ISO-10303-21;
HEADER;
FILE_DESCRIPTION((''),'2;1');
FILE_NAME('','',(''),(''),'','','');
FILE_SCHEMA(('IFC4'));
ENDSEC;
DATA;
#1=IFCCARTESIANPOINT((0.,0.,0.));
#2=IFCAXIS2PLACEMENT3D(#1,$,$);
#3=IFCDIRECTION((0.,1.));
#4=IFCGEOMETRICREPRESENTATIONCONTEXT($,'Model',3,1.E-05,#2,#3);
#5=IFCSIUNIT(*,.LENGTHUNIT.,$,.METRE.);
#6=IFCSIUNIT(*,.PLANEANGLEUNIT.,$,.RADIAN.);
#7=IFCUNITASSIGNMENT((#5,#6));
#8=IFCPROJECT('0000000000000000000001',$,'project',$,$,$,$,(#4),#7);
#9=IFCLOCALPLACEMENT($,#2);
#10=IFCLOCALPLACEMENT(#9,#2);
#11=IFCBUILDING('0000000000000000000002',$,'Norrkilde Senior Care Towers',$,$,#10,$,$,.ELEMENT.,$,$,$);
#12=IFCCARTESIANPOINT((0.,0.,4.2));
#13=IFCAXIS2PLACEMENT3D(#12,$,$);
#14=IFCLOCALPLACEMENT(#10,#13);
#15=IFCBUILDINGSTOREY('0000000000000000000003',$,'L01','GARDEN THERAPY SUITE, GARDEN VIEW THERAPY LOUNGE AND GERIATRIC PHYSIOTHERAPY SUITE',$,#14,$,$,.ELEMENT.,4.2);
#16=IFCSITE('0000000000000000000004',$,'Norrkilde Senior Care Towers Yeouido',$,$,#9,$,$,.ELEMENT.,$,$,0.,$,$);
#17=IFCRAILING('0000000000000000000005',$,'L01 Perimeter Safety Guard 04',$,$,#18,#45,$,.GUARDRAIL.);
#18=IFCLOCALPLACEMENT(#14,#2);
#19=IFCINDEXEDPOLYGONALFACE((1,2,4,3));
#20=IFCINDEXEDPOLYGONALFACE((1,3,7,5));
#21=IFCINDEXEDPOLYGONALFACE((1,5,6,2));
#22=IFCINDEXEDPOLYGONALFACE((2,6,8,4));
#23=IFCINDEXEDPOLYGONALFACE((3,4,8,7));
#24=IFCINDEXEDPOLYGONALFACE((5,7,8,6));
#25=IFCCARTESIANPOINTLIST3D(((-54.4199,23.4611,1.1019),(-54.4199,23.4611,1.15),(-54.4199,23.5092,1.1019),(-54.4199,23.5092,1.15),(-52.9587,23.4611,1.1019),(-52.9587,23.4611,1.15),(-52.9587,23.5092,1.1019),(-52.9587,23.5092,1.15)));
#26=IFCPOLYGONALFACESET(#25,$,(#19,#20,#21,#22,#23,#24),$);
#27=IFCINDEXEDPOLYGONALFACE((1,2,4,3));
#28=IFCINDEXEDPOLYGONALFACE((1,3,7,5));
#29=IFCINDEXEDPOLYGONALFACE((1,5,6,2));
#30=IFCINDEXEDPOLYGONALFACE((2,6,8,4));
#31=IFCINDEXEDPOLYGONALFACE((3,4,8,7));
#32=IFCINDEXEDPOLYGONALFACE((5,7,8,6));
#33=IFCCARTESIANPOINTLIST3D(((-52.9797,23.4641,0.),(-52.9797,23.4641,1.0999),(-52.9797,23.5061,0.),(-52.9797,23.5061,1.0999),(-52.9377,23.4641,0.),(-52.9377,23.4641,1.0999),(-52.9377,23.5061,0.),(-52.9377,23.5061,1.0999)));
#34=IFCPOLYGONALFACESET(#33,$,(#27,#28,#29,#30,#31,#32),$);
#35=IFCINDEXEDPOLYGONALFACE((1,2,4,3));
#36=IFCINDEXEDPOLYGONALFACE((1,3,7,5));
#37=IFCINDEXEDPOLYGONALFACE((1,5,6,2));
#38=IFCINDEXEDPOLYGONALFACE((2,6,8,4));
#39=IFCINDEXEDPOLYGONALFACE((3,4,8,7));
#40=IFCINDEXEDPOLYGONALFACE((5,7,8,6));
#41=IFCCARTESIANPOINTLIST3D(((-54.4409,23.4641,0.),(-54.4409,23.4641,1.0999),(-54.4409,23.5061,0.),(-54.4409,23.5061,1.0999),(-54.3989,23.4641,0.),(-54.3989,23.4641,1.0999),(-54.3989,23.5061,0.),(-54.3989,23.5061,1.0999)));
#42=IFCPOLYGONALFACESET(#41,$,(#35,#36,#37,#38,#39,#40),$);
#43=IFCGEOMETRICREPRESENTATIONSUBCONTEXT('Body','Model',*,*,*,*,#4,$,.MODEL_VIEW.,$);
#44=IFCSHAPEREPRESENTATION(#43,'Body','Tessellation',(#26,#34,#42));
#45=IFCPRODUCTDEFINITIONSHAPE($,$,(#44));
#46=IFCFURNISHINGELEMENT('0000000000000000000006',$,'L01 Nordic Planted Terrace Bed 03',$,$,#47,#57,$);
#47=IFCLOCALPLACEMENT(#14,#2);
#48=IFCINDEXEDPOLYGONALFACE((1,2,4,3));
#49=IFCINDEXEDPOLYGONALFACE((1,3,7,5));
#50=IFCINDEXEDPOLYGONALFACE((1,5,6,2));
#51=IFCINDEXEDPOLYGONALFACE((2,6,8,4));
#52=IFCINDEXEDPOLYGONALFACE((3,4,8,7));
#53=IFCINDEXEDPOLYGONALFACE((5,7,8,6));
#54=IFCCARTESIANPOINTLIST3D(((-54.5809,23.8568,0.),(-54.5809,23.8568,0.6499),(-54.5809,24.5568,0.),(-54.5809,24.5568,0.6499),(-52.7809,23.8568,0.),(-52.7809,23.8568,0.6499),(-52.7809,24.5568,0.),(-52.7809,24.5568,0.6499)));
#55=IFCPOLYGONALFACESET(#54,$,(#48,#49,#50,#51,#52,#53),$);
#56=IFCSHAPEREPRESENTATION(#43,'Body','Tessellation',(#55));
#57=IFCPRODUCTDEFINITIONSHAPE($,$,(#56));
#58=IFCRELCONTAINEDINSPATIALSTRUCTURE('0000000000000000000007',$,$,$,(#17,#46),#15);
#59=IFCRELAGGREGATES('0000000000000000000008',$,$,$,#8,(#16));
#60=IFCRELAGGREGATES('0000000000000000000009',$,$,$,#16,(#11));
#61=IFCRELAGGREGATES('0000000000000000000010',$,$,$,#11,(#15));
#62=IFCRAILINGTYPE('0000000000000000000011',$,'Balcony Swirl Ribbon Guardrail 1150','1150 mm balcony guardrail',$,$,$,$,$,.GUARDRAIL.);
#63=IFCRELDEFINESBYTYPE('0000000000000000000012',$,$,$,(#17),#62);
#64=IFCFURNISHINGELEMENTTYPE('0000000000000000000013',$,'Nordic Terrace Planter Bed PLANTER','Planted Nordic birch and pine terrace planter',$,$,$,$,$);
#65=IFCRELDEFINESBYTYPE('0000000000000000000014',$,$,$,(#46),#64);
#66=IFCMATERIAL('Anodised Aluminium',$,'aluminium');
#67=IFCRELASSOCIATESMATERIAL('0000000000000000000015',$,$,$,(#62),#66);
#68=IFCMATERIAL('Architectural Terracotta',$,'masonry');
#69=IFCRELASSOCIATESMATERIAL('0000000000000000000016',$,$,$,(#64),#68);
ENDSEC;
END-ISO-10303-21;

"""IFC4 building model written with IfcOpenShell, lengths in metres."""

from ifc_helpers import new_model, si_unit, direction, frame, origin, origin_2d, place, context, subcontext, project, spatial, rectangle, extrude, source, transform, mapped, material, type_object, type_shapes, element, save


model = new_model("IFC4")

# Units and contexts
model_context = context("Model", 3, precision=1e-05, world=origin(), true_north=direction((0.0, 1.0)))
body_context = subcontext(model_context, "Body", "Model", "MODEL_VIEW")
ifc_project = project(units=[si_unit("LENGTHUNIT", "METRE"), si_unit("PLANEANGLEUNIT", "RADIAN")], contexts=[model_context])

# Site, building, storey
site_placement = place(None, origin())
site = spatial("IfcSite", under=ifc_project, at=site_placement, Name="Norrkilde Senior Care Towers Yeouido", CompositionType="ELEMENT", RefElevation=0.0)
building_placement = place(site_placement, origin())
building = spatial("IfcBuilding", under=site, at=building_placement, Name="Norrkilde Senior Care Towers", CompositionType="ELEMENT")
storey_placement = place(building_placement, frame((0.0, 0.0, 4.2)))
storey = spatial("IfcBuildingStorey", under=building, at=storey_placement, Name="L01", Description="GARDEN THERAPY SUITE, GARDEN VIEW THERAPY LOUNGE AND GERIATRIC PHYSIOTHERAPY SUITE", CompositionType="ELEMENT", Elevation=4.2)

# Shared definitions
ifc_material_1 = material(Name="Anodised Aluminium", Category="aluminium")

# Railing
railing_type = type_object("IfcRailingType", Name="Balcony Swirl Ribbon Guardrail 1150", Description="1150 mm balcony guardrail", PredefinedType="GUARDRAIL", material=ifc_material_1)
railing_1_placement = place(storey_placement, frame((-52.9587, 23.4851, 0.0)))
element("IfcRailing", 1, at=railing_1_placement, inside=storey, type_object=railing_type, Name="L01 Perimeter Safety Guard 04", PredefinedType="GUARDRAIL", context=body_context, shape_type="SweptSolid", body=[
    extrude(rectangle(XDim=0.0481, YDim=0.0481, at=origin_2d()), frame((0.0, 0.0, 1.126), z_axis=(-1.0, 0.0, 0.0), x_axis=(0.0, -1.0, 0.0)), (0.0, 0.0, 1.0), 1.4612),
    extrude(rectangle(XDim=0.042, YDim=0.042, at=origin_2d()), origin(), (0.0, 0.0, 1.0), 1.0999),
    extrude(rectangle(XDim=0.042, YDim=0.042, at=origin_2d()), frame((-1.4612, 0.0, 0.0)), (0.0, 0.0, 1.0), 1.0999),
])

# Furnishing element
ifc_material_2 = material(Name="Architectural Terracotta", Category="masonry")
furnishing_element_type = type_object("IfcFurnishingElementType", Name="Nordic Terrace Planter Bed PLANTER", Description="Planted Nordic birch and pine terrace planter", material=ifc_material_2)
shared_shape_1 = source(origin(), body_context, "Body", "SweptSolid", [
    extrude(rectangle(XDim=1.8, YDim=0.7, at=origin_2d()), origin(), (0.0, 0.0, 1.0), 0.6499),
])
type_shapes(furnishing_element_type, [shared_shape_1])
furnishing_placement = place(storey_placement, frame((-53.6809, 24.2068, 0.0), z_axis=(0.0, 0.0, 1.0), x_axis=(1.0, 0.0, 0.0)))
element("IfcFurnishingElement", 2, at=furnishing_placement, inside=storey, type_object=furnishing_element_type, Name="L01 Nordic Planted Terrace Bed 03", context=body_context, shape_type="MappedRepresentation", body=[
    mapped(shared_shape_1, transform((0.0, 0.0, 0.0), x_axis=(1.0, 0.0, 0.0), y_axis=(0.0, 1.0, 0.0), z_axis=(0.0, 0.0, 1.0), scale=1.0)),
])

save(model, "model.ifc")
